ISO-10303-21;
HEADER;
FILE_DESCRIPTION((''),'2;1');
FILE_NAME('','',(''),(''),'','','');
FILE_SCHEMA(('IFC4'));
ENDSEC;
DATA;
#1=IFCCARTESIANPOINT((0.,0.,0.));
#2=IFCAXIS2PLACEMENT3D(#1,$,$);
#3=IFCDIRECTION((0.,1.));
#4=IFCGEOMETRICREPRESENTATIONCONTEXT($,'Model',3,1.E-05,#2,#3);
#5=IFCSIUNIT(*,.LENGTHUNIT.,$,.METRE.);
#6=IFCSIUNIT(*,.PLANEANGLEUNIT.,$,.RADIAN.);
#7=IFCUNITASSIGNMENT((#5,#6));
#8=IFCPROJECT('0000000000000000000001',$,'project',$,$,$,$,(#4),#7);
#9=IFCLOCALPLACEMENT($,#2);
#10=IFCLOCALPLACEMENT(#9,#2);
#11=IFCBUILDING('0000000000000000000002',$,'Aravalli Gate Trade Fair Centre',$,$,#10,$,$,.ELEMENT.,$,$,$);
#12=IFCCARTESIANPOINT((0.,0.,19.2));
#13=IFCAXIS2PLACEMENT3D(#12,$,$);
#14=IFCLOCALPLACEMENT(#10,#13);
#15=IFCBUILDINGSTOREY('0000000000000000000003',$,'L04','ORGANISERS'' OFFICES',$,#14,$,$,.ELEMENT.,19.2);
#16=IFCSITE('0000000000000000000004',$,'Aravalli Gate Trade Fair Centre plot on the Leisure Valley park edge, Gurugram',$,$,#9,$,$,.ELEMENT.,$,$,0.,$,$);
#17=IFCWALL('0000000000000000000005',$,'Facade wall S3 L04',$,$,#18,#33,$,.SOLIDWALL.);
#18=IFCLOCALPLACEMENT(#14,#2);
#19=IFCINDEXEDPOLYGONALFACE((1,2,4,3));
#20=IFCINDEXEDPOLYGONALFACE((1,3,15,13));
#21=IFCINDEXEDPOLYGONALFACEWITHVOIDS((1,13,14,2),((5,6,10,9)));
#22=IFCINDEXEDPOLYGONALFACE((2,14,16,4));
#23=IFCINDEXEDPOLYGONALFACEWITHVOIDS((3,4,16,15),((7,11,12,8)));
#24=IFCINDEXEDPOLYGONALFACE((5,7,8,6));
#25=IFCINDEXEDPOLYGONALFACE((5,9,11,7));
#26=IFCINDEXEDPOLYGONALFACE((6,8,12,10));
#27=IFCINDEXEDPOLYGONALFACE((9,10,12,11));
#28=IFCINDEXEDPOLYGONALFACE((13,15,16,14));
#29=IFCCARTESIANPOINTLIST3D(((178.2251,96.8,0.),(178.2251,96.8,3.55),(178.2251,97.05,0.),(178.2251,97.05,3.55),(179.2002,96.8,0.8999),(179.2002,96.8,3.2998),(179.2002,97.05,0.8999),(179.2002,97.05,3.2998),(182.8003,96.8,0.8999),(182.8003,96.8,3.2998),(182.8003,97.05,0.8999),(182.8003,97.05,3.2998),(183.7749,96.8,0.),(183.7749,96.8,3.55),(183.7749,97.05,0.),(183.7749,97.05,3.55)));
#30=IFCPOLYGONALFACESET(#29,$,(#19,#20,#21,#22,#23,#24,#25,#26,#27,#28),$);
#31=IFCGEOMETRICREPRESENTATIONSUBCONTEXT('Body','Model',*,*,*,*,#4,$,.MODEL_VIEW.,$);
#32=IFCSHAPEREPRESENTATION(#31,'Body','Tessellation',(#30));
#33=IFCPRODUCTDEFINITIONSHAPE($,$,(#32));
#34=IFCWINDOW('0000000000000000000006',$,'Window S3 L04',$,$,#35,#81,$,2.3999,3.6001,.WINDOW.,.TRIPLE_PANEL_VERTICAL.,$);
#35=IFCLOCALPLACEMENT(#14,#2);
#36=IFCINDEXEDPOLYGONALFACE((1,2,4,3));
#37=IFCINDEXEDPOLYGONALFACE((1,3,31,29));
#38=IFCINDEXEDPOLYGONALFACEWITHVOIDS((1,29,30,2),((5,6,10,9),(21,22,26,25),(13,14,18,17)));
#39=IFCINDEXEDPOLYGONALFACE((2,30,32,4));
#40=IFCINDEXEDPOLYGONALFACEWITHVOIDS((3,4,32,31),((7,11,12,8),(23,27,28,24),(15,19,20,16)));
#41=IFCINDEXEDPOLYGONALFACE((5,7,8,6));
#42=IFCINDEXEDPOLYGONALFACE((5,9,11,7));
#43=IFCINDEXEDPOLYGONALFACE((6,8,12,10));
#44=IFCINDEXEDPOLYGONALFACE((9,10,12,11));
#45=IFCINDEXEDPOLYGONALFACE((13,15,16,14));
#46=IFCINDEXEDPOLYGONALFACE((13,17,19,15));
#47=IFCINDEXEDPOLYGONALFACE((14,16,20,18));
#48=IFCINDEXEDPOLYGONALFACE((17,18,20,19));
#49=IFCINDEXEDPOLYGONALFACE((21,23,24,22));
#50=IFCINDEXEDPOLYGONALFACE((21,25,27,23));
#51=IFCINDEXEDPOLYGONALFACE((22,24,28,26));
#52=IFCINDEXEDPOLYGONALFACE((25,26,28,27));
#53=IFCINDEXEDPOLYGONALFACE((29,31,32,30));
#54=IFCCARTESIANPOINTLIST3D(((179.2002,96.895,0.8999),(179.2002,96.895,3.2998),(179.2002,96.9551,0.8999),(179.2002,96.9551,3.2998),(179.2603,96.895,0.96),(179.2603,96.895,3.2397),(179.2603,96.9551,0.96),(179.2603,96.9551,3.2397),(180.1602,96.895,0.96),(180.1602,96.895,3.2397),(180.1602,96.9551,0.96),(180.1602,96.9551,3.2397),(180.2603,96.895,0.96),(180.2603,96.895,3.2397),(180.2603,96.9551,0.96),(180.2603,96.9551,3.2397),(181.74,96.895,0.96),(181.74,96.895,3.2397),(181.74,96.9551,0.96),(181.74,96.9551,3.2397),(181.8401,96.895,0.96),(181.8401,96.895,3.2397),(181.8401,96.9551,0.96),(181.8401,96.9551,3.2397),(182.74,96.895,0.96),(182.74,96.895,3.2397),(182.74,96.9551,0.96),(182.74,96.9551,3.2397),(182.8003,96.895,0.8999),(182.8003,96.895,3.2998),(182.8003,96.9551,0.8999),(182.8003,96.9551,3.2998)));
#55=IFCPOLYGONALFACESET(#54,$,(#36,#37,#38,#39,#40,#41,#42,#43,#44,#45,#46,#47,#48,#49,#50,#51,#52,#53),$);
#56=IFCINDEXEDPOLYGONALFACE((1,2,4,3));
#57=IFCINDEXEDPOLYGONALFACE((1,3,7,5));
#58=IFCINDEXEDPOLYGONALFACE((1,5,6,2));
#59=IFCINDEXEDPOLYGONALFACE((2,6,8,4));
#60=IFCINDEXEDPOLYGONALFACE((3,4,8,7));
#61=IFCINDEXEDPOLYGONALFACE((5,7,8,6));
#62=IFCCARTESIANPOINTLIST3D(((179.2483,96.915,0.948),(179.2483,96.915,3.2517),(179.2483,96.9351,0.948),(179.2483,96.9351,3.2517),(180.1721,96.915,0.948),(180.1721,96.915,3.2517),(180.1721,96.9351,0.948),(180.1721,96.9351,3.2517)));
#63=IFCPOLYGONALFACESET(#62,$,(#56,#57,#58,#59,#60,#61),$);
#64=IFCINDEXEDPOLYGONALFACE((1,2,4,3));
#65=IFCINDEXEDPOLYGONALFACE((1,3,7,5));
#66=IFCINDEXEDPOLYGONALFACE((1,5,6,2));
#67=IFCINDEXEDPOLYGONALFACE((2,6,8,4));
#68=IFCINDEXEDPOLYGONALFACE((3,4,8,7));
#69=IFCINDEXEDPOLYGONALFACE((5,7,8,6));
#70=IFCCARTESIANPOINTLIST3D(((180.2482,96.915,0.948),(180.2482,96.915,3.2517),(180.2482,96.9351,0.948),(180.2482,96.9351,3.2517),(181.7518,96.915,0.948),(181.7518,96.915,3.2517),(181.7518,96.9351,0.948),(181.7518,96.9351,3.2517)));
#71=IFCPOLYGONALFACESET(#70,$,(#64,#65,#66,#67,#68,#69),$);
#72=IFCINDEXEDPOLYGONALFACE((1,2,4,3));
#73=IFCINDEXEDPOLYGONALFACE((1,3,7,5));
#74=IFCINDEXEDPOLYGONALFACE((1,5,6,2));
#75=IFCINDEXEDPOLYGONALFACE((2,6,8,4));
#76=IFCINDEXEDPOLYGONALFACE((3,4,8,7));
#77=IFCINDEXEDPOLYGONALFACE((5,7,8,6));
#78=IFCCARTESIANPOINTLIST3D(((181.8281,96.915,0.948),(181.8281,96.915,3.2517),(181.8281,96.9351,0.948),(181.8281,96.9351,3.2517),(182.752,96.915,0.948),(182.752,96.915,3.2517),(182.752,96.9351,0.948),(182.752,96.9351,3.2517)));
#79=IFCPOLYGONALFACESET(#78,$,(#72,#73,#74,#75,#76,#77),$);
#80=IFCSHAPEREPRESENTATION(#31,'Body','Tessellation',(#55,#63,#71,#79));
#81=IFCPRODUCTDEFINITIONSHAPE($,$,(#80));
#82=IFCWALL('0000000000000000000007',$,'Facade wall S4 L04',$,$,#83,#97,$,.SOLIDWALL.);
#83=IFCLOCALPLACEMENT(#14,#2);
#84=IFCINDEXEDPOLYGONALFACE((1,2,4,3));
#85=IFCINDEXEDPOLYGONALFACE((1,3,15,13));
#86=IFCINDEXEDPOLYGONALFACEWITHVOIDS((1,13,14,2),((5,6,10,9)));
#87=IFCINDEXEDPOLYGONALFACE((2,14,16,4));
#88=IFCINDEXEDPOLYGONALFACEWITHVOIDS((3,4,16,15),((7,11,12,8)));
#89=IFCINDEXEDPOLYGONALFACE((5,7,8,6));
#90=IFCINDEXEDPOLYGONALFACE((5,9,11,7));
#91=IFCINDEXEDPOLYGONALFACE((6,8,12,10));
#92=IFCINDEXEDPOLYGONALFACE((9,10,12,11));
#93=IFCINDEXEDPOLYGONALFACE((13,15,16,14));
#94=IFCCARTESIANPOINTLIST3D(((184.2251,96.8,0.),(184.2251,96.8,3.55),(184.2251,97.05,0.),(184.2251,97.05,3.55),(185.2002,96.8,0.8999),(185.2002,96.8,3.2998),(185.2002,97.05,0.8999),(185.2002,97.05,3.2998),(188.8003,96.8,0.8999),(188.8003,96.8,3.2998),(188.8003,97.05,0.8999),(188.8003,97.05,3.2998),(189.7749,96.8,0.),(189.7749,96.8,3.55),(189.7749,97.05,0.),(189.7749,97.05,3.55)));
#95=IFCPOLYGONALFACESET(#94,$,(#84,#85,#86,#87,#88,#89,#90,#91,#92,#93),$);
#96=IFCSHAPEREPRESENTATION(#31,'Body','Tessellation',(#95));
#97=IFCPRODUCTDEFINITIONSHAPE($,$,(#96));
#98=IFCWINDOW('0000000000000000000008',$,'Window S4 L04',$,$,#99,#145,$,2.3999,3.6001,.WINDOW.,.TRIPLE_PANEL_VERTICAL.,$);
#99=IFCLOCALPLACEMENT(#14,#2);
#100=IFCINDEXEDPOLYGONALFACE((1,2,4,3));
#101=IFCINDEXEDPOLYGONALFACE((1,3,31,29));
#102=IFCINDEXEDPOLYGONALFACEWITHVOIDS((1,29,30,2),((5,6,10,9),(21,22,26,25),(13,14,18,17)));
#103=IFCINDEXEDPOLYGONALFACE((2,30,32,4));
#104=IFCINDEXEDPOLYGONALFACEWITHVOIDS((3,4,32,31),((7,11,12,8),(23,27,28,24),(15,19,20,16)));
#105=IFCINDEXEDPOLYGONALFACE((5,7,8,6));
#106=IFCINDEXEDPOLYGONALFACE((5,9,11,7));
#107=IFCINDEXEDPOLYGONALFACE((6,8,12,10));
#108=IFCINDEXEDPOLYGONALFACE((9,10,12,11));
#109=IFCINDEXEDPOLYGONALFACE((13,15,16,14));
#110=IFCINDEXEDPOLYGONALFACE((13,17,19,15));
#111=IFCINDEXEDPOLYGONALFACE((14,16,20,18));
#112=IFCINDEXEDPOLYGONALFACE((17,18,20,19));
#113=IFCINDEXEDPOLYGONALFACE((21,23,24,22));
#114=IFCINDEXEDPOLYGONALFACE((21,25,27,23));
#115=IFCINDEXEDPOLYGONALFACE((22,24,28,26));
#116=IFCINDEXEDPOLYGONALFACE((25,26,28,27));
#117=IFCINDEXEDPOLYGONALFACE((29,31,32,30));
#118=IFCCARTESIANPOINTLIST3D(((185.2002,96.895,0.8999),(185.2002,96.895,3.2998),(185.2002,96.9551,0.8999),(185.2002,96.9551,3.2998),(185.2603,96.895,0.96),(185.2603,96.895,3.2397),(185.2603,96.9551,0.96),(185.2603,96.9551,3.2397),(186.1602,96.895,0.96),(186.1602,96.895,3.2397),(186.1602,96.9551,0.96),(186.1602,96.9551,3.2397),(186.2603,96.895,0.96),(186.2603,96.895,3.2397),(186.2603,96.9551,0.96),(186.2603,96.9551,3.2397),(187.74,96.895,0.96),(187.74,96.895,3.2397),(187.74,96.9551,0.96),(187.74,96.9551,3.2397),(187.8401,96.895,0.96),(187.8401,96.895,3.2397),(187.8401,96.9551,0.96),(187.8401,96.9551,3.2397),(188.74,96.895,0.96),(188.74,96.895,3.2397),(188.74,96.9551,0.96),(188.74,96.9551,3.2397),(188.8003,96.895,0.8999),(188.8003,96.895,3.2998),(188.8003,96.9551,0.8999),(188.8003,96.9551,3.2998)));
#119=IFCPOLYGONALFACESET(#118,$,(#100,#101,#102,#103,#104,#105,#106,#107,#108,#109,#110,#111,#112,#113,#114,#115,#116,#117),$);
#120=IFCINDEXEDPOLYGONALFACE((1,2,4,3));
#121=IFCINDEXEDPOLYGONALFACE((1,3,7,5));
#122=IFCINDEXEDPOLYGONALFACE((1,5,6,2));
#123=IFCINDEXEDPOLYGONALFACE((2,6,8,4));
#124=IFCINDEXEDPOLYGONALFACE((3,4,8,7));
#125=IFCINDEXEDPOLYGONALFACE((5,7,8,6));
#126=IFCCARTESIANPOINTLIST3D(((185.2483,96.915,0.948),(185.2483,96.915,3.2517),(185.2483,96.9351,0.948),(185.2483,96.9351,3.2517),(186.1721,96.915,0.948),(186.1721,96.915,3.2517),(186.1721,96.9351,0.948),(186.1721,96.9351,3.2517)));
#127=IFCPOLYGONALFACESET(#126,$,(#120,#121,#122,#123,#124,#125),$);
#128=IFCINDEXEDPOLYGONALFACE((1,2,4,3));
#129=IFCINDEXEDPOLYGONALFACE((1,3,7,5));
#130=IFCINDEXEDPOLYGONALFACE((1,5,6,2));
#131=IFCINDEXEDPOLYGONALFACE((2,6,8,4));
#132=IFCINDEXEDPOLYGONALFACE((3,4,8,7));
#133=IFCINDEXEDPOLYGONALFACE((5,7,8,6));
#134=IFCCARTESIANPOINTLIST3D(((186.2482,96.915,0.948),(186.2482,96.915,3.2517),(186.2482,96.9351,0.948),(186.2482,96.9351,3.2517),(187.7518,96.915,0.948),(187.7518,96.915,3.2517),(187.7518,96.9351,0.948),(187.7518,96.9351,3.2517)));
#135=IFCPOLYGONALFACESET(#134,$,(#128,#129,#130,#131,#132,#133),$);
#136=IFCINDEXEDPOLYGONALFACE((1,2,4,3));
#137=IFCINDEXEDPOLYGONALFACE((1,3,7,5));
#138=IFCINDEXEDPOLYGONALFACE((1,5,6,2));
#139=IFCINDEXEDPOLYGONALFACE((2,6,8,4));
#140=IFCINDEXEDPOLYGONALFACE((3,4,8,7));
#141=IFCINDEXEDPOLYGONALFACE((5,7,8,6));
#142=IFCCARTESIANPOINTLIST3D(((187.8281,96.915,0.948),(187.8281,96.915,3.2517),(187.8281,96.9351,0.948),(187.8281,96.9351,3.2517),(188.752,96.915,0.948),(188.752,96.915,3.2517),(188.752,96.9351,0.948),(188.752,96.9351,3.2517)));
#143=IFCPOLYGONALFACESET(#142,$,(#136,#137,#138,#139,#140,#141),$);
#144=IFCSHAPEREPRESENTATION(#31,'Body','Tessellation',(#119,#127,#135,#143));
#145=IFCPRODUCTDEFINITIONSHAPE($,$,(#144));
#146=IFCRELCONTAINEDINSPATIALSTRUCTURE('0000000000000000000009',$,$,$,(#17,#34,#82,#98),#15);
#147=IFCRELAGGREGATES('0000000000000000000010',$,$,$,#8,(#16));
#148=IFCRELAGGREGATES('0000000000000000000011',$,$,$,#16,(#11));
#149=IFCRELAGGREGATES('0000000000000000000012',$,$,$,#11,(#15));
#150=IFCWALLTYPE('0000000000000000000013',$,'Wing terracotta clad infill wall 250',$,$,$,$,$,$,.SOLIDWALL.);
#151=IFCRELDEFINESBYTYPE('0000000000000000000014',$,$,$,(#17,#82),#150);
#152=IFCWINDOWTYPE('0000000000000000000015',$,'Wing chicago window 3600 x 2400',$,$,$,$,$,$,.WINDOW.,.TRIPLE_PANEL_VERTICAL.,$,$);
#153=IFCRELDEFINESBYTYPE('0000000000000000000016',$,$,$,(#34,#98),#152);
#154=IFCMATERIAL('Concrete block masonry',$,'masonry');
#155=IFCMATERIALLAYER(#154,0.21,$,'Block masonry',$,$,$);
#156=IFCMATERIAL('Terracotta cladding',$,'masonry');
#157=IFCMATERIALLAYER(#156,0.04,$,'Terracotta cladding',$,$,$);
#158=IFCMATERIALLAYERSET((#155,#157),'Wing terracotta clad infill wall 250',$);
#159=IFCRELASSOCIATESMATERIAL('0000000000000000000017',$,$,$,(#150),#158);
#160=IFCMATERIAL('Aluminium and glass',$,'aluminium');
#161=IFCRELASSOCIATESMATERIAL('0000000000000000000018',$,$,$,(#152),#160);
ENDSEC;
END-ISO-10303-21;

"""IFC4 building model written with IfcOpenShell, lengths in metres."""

from ifc_helpers import new_model, si_unit, direction, frame, frame_2d, origin, place, context, subcontext, project, spatial, polyline, rectangle, outline, extrude, material, layer, layer_set, type_object, element, fill, save


model = new_model("IFC4")

# Units and contexts
model_context = context("Model", 3, precision=1e-05, world=origin(), true_north=direction((0.0, 1.0)))
body_context = subcontext(model_context, "Body", "Model", "MODEL_VIEW")
ifc_project = project(units=[si_unit("LENGTHUNIT", "METRE"), si_unit("PLANEANGLEUNIT", "RADIAN")], contexts=[model_context])

# Site, building, storey
site_placement = place(None, origin())
site = spatial("IfcSite", under=ifc_project, at=site_placement, Name="Aravalli Gate Trade Fair Centre plot on the Leisure Valley park edge, Gurugram", CompositionType="ELEMENT", RefElevation=0.0)
building_placement = place(site_placement, origin())
building = spatial("IfcBuilding", under=site, at=building_placement, Name="Aravalli Gate Trade Fair Centre", CompositionType="ELEMENT")
storey_placement = place(building_placement, frame((0.0, 0.0, 19.2)))
storey = spatial("IfcBuildingStorey", under=building, at=storey_placement, Name="L04", Description="ORGANISERS' OFFICES", CompositionType="ELEMENT", Elevation=19.2)

# Walls, openings, windows
ifc_material_1 = material(Name="Concrete block masonry", Category="masonry")
ifc_layer_1 = layer(ifc_material_1, 0.21, Name="Block masonry")
ifc_material_2 = material(Name="Terracotta cladding", Category="masonry")
ifc_layer_2 = layer(ifc_material_2, 0.04, Name="Terracotta cladding")
ifc_layer_set_1 = layer_set([ifc_layer_1, ifc_layer_2], Name="Wing terracotta clad infill wall 250")
wall_type_1 = type_object("IfcWallType", Name="Wing terracotta clad infill wall 250", PredefinedType="SOLIDWALL", material=ifc_layer_set_1)
wall_1_placement = place(storey_placement, frame((178.2251, 96.925, 0.0), z_axis=(0.0, 0.0, 1.0), x_axis=(1.0, 0.0, 0.0)))
wall_1 = element("IfcWall", 1, at=wall_1_placement, inside=storey, type_object=wall_type_1, Name="Facade wall S3 L04", PredefinedType="SOLIDWALL", context=body_context, shape_type="SweptSolid", body=[
    extrude(rectangle(XDim=5.5498, YDim=0.25, at=frame_2d((2.7749, 0.0))), origin(), (0.0, 0.0, 1.0), 3.55),
])
opening_1_placement = place(wall_1_placement, frame((0.9751, 0.0, 0.8999)))
opening_1 = element("IfcOpeningElement", 2, at=opening_1_placement, cuts=wall_1, PredefinedType="OPENING", context=body_context, shape_type="SweptSolid", body=[
    extrude(rectangle(XDim=3.6001, YDim=2.3999, at=frame_2d((1.8, 1.2))), frame((0.0, 0.135, 0.0), z_axis=(0.0, -1.0, 0.0), x_axis=(1.0, 0.0, 0.0)), (0.0, 0.0, 1.0), 0.27),
])
ifc_material_3 = material(Name="Aluminium and glass", Category="aluminium")
window_type = type_object("IfcWindowType", Name="Wing chicago window 3600 x 2400", PartitioningType="TRIPLE_PANEL_VERTICAL", PredefinedType="WINDOW", material=ifc_material_3)
window_1_placement = place(opening_1_placement, origin())
window_1 = element("IfcWindow", 3, at=window_1_placement, inside=storey, type_object=window_type, Name="Window S3 L04", OverallHeight=2.3999, OverallWidth=3.6001, PartitioningType="TRIPLE_PANEL_VERTICAL", PredefinedType="WINDOW", context=body_context, shape_type="SweptSolid", body=[
    extrude(outline(polyline([(0.0, 0.0), (3.6001, 0.0), (3.6001, 2.3999), (0.0, 2.3999), (0.0, 0.0)]), holes=[polyline([(0.0601, 0.0601), (0.96, 0.0601), (0.96, 2.3398), (0.0601, 2.3398), (0.0601, 0.0601)]), polyline([(1.0601, 0.0601), (2.5398, 0.0601), (2.5398, 2.3398), (1.0601, 2.3398), (1.0601, 0.0601)]), polyline([(2.6399, 0.0601), (3.5398, 0.0601), (3.5398, 2.3398), (2.6399, 2.3398), (2.6399, 0.0601)])]), frame((0.0, 0.03, 0.0), z_axis=(0.0, -1.0, 0.0), x_axis=(1.0, 0.0, 0.0)), (0.0, 0.0, 1.0), 0.0601),
    extrude(rectangle(XDim=0.9238, YDim=2.3037, at=frame_2d((0.51, 1.2))), frame((0.0, 0.01, 0.0), z_axis=(0.0, -1.0, 0.0), x_axis=(1.0, 0.0, 0.0)), (0.0, 0.0, 1.0), 0.02),
    extrude(rectangle(XDim=1.5037, YDim=2.3037, at=frame_2d((1.7998, 1.2))), frame((0.0, 0.01, 0.0), z_axis=(0.0, -1.0, 0.0), x_axis=(1.0, 0.0, 0.0)), (0.0, 0.0, 1.0), 0.02),
    extrude(rectangle(XDim=0.9238, YDim=2.3037, at=frame_2d((3.0898, 1.2))), frame((0.0, 0.01, 0.0), z_axis=(0.0, -1.0, 0.0), x_axis=(1.0, 0.0, 0.0)), (0.0, 0.0, 1.0), 0.02),
])
fill(opening_1, window_1)
wall_2_placement = place(storey_placement, frame((184.2251, 96.925, 0.0), z_axis=(0.0, 0.0, 1.0), x_axis=(1.0, 0.0, 0.0)))
wall_2 = element("IfcWall", 4, at=wall_2_placement, inside=storey, type_object=wall_type_1, Name="Facade wall S4 L04", PredefinedType="SOLIDWALL", context=body_context, shape_type="SweptSolid", body=[
    extrude(rectangle(XDim=5.5498, YDim=0.25, at=frame_2d((2.7749, 0.0))), origin(), (0.0, 0.0, 1.0), 3.55),
])
opening_2_placement = place(wall_2_placement, frame((0.9751, 0.0, 0.8999)))
opening_2 = element("IfcOpeningElement", 5, at=opening_2_placement, cuts=wall_2, PredefinedType="OPENING", context=body_context, shape_type="SweptSolid", body=[
    extrude(rectangle(XDim=3.6001, YDim=2.3999, at=frame_2d((1.8, 1.2))), frame((0.0, 0.135, 0.0), z_axis=(0.0, -1.0, 0.0), x_axis=(1.0, 0.0, 0.0)), (0.0, 0.0, 1.0), 0.27),
])
window_2_placement = place(opening_2_placement, origin())
window_2 = element("IfcWindow", 6, at=window_2_placement, inside=storey, type_object=window_type, Name="Window S4 L04", OverallHeight=2.3999, OverallWidth=3.6001, PartitioningType="TRIPLE_PANEL_VERTICAL", PredefinedType="WINDOW", context=body_context, shape_type="SweptSolid", body=[
    extrude(outline(polyline([(0.0, 0.0), (3.6001, 0.0), (3.6001, 2.3999), (0.0, 2.3999), (0.0, 0.0)]), holes=[polyline([(0.0601, 0.0601), (0.96, 0.0601), (0.96, 2.3398), (0.0601, 2.3398), (0.0601, 0.0601)]), polyline([(1.0601, 0.0601), (2.5398, 0.0601), (2.5398, 2.3398), (1.0601, 2.3398), (1.0601, 0.0601)]), polyline([(2.6399, 0.0601), (3.5398, 0.0601), (3.5398, 2.3398), (2.6399, 2.3398), (2.6399, 0.0601)])]), frame((0.0, 0.03, 0.0), z_axis=(0.0, -1.0, 0.0), x_axis=(1.0, 0.0, 0.0)), (0.0, 0.0, 1.0), 0.0601),
    extrude(rectangle(XDim=0.9238, YDim=2.3037, at=frame_2d((0.51, 1.2))), frame((0.0, 0.01, 0.0), z_axis=(0.0, -1.0, 0.0), x_axis=(1.0, 0.0, 0.0)), (0.0, 0.0, 1.0), 0.02),
    extrude(rectangle(XDim=1.5037, YDim=2.3037, at=frame_2d((1.7998, 1.2))), frame((0.0, 0.01, 0.0), z_axis=(0.0, -1.0, 0.0), x_axis=(1.0, 0.0, 0.0)), (0.0, 0.0, 1.0), 0.02),
    extrude(rectangle(XDim=0.9238, YDim=2.3037, at=frame_2d((3.0898, 1.2))), frame((0.0, 0.01, 0.0), z_axis=(0.0, -1.0, 0.0), x_axis=(1.0, 0.0, 0.0)), (0.0, 0.0, 1.0), 0.02),
])
fill(opening_2, window_2)

save(model, "model.ifc")
